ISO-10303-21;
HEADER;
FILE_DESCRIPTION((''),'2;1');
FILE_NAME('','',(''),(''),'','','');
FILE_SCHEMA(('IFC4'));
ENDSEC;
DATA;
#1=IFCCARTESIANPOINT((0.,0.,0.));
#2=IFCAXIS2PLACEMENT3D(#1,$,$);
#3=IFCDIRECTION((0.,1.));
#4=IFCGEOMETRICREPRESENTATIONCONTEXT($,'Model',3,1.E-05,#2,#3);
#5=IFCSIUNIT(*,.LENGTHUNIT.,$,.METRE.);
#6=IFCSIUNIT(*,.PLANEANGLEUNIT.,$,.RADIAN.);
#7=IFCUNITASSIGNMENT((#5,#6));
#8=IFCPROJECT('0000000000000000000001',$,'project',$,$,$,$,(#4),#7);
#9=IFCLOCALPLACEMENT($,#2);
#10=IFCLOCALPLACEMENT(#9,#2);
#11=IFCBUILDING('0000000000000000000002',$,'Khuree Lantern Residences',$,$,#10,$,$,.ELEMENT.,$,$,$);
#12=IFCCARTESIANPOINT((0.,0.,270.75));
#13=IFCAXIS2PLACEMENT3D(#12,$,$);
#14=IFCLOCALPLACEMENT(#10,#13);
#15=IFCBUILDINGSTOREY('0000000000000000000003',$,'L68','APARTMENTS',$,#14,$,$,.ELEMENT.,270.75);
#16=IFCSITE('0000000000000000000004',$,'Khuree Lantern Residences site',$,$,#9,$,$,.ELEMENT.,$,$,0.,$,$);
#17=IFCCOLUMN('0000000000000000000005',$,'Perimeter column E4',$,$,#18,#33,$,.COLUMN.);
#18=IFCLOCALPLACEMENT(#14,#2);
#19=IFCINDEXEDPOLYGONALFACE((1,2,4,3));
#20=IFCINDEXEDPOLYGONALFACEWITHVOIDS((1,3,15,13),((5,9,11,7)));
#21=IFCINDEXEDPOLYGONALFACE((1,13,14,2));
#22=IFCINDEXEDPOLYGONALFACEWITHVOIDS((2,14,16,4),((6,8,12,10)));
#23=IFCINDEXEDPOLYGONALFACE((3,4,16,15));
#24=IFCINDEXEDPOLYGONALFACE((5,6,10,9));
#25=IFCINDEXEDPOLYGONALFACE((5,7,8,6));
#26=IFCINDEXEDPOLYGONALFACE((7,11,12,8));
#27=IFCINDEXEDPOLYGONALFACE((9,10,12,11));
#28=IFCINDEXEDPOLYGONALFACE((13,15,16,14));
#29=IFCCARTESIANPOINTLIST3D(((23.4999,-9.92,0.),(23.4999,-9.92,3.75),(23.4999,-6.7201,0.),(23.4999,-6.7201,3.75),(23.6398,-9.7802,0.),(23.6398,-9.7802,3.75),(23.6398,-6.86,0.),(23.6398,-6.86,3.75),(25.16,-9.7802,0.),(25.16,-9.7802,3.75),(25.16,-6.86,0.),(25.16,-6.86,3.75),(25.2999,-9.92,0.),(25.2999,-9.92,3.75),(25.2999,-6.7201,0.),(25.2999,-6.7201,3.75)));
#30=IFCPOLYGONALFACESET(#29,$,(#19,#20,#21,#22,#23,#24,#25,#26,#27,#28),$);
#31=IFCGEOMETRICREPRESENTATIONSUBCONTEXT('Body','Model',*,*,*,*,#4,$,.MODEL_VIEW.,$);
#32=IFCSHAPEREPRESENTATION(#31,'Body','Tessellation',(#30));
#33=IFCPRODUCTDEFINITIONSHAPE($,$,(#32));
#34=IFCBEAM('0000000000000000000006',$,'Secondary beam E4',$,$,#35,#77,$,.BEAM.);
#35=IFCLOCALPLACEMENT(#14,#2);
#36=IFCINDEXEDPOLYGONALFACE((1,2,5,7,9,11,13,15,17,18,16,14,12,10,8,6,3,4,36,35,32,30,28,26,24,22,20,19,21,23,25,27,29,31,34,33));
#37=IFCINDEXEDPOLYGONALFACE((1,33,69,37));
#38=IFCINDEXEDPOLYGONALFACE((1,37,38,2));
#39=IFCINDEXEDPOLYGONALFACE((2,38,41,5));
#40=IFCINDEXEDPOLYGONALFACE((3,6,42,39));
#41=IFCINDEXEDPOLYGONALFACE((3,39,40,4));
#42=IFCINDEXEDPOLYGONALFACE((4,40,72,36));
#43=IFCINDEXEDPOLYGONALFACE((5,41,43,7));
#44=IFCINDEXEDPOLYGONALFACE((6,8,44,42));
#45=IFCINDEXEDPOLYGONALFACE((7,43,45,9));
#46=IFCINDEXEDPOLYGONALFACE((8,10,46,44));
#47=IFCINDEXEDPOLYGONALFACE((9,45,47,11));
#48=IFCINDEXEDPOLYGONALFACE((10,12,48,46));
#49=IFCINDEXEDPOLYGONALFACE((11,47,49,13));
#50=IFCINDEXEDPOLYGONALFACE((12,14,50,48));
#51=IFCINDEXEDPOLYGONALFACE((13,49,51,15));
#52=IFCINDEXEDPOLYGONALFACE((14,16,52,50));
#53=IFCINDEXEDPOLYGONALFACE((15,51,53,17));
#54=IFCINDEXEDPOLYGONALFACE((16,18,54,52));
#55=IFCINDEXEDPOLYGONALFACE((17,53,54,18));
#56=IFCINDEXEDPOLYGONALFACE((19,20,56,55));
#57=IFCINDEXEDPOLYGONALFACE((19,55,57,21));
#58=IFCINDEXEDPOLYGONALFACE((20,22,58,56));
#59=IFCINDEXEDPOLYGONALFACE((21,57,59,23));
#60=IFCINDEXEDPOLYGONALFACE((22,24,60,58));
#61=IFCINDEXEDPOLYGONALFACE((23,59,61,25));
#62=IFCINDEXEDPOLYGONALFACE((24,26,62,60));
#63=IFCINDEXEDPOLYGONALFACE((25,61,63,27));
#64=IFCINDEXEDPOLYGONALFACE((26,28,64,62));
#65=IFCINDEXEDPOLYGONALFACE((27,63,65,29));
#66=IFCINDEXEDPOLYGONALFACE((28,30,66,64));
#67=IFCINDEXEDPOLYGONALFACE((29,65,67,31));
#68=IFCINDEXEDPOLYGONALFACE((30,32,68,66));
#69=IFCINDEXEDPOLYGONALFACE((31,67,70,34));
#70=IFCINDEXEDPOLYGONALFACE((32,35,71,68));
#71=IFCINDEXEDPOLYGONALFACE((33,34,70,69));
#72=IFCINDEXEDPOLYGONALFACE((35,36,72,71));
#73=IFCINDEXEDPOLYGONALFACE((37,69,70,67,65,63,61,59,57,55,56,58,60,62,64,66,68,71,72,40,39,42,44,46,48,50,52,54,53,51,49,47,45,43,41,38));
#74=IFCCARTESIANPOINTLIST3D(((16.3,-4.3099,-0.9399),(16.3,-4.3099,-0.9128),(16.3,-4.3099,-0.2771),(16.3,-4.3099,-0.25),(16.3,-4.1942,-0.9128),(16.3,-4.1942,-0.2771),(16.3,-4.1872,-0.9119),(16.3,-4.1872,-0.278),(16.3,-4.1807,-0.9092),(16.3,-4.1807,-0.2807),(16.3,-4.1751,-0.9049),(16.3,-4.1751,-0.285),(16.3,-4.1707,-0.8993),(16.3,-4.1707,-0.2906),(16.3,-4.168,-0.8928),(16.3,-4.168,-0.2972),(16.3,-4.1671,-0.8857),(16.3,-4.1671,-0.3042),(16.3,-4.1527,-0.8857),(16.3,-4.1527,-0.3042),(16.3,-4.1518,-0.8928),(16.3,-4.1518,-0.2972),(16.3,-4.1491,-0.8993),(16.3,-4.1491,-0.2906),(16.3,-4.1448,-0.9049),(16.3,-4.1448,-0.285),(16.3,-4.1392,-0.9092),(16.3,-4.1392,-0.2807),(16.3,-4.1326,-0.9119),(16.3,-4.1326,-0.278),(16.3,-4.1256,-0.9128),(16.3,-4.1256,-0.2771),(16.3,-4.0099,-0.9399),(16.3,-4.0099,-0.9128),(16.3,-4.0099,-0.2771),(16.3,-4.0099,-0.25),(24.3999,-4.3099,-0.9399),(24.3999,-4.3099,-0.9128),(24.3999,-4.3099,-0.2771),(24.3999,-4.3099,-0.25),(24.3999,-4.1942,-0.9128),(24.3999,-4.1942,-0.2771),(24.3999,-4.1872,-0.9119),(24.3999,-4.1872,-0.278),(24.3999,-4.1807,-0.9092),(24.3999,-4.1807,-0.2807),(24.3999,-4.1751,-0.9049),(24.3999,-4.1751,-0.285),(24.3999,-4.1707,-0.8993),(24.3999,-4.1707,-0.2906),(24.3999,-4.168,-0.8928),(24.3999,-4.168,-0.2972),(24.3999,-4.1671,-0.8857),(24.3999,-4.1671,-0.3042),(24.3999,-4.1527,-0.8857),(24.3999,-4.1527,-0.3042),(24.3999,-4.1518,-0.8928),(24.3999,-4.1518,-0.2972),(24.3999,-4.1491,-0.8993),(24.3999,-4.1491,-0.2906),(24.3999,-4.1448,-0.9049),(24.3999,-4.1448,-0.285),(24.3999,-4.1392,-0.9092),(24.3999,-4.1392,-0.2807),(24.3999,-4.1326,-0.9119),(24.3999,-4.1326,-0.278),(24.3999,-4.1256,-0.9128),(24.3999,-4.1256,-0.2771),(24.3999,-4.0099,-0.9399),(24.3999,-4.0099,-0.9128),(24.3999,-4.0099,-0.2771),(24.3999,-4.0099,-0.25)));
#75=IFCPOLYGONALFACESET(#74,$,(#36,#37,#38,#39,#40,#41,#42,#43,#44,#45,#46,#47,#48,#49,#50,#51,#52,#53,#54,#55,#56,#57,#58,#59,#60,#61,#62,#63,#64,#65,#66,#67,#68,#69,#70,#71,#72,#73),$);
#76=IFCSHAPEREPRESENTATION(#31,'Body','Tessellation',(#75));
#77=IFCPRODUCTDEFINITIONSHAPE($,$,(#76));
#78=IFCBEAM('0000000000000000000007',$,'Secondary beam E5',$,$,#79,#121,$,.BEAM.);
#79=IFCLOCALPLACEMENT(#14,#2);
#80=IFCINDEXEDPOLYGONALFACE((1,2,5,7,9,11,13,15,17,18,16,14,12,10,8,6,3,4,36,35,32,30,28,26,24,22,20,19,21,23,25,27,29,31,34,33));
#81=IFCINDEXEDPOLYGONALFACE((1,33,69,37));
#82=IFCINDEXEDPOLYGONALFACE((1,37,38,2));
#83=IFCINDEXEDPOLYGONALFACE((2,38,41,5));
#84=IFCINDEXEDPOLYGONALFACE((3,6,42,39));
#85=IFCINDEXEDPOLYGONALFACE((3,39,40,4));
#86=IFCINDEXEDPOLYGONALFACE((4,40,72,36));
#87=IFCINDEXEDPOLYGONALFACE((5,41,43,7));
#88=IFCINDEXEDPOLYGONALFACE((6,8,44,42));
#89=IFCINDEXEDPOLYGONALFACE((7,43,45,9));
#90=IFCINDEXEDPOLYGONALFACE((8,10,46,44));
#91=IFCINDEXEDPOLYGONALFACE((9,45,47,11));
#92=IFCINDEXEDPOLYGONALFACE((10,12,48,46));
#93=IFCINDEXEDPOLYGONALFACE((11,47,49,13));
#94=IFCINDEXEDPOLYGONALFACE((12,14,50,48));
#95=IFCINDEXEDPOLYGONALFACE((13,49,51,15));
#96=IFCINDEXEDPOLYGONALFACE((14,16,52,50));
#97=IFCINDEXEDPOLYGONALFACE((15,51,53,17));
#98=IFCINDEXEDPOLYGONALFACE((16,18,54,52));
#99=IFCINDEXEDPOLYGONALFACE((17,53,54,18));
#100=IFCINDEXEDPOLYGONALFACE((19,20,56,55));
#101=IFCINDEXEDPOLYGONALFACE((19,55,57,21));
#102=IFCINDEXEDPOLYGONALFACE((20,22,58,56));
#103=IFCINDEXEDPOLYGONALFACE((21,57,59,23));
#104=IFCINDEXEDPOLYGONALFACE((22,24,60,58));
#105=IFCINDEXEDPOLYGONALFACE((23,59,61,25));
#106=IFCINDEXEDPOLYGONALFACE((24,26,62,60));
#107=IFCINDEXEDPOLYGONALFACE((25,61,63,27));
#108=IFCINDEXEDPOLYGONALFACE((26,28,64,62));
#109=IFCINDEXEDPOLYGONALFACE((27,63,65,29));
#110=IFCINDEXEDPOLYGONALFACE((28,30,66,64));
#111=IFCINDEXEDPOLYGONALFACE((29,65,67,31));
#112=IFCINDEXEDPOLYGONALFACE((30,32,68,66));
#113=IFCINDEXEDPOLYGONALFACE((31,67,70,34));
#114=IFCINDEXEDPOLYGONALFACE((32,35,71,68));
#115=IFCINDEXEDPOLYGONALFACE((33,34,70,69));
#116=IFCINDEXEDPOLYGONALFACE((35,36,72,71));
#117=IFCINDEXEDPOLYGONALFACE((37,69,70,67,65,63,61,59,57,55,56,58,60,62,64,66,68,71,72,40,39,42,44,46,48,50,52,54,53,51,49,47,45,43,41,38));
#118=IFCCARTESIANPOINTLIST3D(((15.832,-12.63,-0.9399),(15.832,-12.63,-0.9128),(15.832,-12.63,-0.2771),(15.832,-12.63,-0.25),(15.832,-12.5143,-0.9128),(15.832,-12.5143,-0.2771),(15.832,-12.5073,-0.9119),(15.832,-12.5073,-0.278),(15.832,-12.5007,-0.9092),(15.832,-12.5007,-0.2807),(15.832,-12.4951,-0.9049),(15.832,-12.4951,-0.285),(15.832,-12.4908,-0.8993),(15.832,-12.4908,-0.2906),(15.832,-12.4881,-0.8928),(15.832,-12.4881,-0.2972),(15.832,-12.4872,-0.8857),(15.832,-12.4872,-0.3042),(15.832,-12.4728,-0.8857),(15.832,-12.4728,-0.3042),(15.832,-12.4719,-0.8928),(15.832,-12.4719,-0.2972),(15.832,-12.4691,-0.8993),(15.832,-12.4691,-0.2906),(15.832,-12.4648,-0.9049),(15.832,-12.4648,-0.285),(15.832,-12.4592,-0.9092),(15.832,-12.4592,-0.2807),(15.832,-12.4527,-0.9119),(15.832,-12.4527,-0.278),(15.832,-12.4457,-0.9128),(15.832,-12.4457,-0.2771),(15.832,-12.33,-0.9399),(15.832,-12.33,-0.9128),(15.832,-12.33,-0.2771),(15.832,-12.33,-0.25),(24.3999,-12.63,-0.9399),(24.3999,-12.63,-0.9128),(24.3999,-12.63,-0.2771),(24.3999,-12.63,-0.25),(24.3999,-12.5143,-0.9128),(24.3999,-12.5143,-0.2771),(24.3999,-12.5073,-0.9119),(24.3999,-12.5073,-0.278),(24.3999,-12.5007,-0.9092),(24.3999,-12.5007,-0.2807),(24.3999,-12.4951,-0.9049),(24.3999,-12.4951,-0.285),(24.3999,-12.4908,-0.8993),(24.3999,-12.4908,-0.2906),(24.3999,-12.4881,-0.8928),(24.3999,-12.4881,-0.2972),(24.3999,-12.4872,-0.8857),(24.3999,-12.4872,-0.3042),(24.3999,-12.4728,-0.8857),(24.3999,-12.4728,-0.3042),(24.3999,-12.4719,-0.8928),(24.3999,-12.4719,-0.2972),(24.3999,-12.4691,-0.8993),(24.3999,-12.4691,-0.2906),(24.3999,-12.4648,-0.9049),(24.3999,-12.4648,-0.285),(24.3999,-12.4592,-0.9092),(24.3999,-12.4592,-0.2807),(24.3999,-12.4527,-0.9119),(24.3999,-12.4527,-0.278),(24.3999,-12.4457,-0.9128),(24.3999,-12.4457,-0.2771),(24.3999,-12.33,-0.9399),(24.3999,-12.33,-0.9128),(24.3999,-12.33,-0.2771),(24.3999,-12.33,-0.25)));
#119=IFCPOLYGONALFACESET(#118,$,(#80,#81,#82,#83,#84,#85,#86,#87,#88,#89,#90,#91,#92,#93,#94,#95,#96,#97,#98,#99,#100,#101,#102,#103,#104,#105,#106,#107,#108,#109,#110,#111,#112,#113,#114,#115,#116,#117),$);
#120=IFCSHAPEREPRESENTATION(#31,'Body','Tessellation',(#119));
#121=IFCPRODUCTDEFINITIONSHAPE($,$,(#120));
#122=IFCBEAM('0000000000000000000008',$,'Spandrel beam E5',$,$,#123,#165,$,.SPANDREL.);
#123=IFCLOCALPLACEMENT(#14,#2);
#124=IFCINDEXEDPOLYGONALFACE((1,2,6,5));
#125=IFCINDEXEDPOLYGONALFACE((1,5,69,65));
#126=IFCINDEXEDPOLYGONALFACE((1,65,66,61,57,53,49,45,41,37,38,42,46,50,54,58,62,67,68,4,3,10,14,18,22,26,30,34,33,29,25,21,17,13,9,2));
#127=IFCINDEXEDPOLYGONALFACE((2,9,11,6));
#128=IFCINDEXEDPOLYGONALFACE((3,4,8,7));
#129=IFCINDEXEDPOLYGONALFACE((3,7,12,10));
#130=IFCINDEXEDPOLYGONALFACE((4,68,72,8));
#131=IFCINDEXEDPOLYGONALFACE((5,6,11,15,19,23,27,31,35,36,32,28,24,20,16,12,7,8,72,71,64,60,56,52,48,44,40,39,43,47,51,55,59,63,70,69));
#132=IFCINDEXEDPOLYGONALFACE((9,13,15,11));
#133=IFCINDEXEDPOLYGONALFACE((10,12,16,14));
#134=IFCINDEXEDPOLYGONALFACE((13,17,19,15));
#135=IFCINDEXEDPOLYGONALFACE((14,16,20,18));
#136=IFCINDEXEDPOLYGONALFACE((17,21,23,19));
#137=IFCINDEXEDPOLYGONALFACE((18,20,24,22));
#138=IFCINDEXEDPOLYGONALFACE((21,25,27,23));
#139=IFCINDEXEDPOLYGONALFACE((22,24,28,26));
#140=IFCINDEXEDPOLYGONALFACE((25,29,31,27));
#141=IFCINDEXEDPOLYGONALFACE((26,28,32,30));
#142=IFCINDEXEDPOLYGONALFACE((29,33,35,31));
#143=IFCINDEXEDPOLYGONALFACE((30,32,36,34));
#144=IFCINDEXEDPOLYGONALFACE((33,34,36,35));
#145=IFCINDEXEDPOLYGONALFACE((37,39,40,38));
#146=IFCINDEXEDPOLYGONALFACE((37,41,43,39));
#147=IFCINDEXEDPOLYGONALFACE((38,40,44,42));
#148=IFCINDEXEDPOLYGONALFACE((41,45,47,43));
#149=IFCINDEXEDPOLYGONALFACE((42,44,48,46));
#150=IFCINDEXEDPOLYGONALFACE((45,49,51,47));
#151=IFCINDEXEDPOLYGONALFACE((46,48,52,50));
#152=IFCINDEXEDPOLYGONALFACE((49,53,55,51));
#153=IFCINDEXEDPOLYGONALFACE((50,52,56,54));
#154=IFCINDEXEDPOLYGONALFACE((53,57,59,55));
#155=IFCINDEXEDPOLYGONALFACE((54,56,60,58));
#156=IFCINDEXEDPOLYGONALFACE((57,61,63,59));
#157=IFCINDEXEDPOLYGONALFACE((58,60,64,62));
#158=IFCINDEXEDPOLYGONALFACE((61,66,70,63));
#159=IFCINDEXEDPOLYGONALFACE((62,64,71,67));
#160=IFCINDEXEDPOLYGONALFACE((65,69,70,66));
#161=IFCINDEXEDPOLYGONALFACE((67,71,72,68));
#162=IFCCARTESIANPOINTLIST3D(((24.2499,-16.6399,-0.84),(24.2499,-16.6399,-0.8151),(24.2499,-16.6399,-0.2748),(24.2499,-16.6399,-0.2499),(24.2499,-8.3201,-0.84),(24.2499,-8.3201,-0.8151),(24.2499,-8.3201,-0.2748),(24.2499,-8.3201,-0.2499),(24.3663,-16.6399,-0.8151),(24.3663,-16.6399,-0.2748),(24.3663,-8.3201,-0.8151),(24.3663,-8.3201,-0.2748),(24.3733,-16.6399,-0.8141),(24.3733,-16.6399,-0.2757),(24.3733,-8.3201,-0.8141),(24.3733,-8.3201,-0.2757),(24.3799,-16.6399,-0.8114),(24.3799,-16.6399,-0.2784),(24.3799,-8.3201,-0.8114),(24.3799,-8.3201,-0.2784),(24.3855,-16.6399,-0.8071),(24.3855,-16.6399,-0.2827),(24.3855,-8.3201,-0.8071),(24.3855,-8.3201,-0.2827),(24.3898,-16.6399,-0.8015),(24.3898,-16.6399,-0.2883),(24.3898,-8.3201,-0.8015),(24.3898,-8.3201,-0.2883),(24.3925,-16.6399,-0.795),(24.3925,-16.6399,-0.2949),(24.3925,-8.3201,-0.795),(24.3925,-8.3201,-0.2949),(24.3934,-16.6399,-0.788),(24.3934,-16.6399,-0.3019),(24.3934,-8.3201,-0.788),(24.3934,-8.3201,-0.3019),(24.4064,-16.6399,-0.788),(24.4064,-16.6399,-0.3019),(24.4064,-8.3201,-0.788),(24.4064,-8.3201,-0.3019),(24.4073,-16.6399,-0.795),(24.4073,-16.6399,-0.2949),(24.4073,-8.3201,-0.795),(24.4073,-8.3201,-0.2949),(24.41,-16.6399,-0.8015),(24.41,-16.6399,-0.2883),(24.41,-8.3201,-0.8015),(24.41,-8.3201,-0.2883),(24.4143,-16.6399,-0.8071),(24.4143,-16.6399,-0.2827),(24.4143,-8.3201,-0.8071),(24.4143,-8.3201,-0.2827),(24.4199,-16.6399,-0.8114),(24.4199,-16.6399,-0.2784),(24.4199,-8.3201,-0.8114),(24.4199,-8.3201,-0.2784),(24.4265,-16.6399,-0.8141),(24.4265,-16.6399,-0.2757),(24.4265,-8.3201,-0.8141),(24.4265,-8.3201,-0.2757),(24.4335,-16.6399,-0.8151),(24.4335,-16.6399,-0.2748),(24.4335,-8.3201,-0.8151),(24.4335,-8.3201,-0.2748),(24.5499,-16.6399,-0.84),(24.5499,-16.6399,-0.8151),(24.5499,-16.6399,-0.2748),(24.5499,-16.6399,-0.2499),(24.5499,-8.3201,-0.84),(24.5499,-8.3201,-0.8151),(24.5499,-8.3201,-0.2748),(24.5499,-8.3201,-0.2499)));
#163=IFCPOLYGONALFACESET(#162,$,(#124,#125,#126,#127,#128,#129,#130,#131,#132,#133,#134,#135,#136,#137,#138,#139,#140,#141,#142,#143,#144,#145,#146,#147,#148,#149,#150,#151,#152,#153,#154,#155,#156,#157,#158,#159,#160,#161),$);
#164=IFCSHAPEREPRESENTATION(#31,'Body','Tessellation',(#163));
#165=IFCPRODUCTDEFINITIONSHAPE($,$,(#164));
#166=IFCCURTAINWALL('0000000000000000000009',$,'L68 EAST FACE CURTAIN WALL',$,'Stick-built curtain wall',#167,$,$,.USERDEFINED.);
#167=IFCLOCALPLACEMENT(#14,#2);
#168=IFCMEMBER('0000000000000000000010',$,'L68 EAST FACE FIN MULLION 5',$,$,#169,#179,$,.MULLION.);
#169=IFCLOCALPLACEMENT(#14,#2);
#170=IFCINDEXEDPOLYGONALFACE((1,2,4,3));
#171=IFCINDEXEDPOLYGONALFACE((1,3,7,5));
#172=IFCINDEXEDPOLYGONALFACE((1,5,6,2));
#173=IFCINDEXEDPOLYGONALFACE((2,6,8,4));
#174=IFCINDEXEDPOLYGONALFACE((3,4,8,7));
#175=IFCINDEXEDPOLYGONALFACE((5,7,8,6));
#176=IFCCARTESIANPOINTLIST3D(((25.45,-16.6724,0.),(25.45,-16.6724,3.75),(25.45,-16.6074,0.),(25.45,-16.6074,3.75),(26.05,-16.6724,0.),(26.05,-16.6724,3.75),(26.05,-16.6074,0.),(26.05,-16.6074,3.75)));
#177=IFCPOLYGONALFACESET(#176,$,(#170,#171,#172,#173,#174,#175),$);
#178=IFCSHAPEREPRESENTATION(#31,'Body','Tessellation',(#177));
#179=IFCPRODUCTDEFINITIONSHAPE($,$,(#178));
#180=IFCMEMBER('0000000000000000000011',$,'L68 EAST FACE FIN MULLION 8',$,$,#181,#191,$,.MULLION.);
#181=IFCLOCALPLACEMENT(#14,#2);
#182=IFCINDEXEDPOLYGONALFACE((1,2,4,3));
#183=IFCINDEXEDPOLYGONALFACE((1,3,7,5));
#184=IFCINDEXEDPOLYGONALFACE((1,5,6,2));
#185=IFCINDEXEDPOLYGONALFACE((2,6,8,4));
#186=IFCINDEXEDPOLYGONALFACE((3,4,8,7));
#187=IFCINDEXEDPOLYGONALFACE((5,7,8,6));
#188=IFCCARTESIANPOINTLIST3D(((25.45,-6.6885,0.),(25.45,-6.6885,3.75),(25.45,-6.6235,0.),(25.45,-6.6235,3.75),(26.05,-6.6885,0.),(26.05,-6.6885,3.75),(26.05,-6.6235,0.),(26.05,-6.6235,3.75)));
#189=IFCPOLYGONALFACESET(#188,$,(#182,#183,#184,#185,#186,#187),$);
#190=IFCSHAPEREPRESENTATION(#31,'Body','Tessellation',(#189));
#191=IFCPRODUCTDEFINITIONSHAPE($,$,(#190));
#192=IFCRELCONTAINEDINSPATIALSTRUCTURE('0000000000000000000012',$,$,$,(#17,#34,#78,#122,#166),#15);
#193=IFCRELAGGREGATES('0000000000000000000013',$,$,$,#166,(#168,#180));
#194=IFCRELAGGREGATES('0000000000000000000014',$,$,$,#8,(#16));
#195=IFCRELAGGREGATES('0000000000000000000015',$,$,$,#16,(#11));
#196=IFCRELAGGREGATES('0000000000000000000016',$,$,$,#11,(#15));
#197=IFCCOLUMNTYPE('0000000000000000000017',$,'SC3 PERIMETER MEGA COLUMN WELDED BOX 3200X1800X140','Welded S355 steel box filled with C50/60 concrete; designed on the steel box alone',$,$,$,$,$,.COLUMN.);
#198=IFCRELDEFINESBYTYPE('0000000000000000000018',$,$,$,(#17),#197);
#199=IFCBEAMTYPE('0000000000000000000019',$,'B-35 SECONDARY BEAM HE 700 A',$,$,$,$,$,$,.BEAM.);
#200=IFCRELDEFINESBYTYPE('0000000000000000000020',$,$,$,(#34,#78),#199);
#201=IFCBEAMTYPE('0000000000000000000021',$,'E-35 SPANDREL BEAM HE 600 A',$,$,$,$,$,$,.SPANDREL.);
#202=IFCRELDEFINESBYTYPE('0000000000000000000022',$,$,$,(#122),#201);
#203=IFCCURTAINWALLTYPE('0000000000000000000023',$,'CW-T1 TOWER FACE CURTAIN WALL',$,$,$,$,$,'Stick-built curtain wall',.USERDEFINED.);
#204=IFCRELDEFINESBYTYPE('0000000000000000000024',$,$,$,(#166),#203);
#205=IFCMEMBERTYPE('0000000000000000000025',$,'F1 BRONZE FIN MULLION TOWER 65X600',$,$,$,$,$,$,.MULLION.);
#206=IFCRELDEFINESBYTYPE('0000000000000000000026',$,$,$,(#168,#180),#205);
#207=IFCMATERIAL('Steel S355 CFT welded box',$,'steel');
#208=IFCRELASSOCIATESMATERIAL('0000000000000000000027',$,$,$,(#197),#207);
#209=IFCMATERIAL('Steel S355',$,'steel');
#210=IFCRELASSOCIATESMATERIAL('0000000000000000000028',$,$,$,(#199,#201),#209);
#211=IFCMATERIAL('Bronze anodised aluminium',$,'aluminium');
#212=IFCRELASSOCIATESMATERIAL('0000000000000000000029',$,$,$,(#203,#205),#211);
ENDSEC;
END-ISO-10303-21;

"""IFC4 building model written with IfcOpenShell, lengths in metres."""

from ifc_helpers import new_model, si_unit, direction, frame, origin, origin_2d, place, context, subcontext, project, spatial, rectangle, hollow_rectangle, i_section, extrude, material, material_profile, profile_set, type_object, element, aggregate, save


model = new_model("IFC4")

# Units and contexts
model_context = context("Model", 3, precision=1e-05, world=origin(), true_north=direction((0.0, 1.0)))
body_context = subcontext(model_context, "Body", "Model", "MODEL_VIEW")
ifc_project = project(units=[si_unit("LENGTHUNIT", "METRE"), si_unit("PLANEANGLEUNIT", "RADIAN")], contexts=[model_context])

# Site, building, storey
site_placement = place(None, origin())
site = spatial("IfcSite", under=ifc_project, at=site_placement, Name="Khuree Lantern Residences site", CompositionType="ELEMENT", RefElevation=0.0)
building_placement = place(site_placement, origin())
building = spatial("IfcBuilding", under=site, at=building_placement, Name="Khuree Lantern Residences", CompositionType="ELEMENT")
storey_placement = place(building_placement, frame((0.0, 0.0, 270.75)))
storey = spatial("IfcBuildingStorey", under=building, at=storey_placement, Name="L68", Description="APARTMENTS", CompositionType="ELEMENT", Elevation=270.75)

# Column
ifc_material_1 = material(Name="Steel S355 CFT welded box", Category="steel")
ifc_material_profile_1 = material_profile(ifc_material_1, hollow_rectangle(XDim=3.2, YDim=1.8, WallThickness=0.1399, at=origin_2d()), Name="WELDED BOX 3200X1800X140")
ifc_profile_set_1 = profile_set([ifc_material_profile_1], Name="Steel S355 CFT welded box")
column_type = type_object("IfcColumnType", Name="SC3 PERIMETER MEGA COLUMN WELDED BOX 3200X1800X140", Description="Welded S355 steel box filled with C50/60 concrete; designed on the steel box alone", PredefinedType="COLUMN", material=ifc_profile_set_1)
column_placement = place(storey_placement, frame((24.3999, -8.3201, 0.0), z_axis=(0.0, 0.0, 1.0), x_axis=(0.0, 1.0, 0.0)))
element("IfcColumn", 1, at=column_placement, inside=storey, type_object=column_type, Name="Perimeter column E4", PredefinedType="COLUMN", context=body_context, shape_type="SweptSolid", body=[
    extrude(hollow_rectangle(XDim=3.2, YDim=1.8, WallThickness=0.1399, at=origin_2d()), origin(), (0.0, 0.0, 1.0), 3.75),
])

# Beams
ifc_material_2 = material(Name="Steel S355", Category="steel")
ifc_material_profile_2 = material_profile(ifc_material_2, i_section(OverallWidth=0.3, OverallDepth=0.6899, WebThickness=0.0144, FlangeThickness=0.0271, FilletRadius=0.0271, at=origin_2d()), Name="HE 700 A")
ifc_profile_set_2 = profile_set([ifc_material_profile_2], Name="Steel S355")
beam_type_1 = type_object("IfcBeamType", Name="B-35 SECONDARY BEAM HE 700 A", PredefinedType="BEAM", material=ifc_profile_set_2)
beam_1_placement = place(storey_placement, frame((24.3999, -4.1599, -0.595), z_axis=(-1.0, 0.0, 0.0), x_axis=(0.0, -1.0, 0.0)))
element("IfcBeam", 2, at=beam_1_placement, inside=storey, type_object=beam_type_1, Name="Secondary beam E4", PredefinedType="BEAM", context=body_context, shape_type="SweptSolid", body=[
    extrude(i_section(OverallWidth=0.3, OverallDepth=0.6899, WebThickness=0.0144, FlangeThickness=0.0271, FilletRadius=0.0271, at=origin_2d()), origin(), (0.0, 0.0, 1.0), 8.0999),
])
beam_2_placement = place(storey_placement, frame((24.3999, -12.48, -0.595), z_axis=(-1.0, 0.0, 0.0), x_axis=(0.0, -1.0, 0.0)))
element("IfcBeam", 3, at=beam_2_placement, inside=storey, type_object=beam_type_1, Name="Secondary beam E5", PredefinedType="BEAM", context=body_context, shape_type="SweptSolid", body=[
    extrude(i_section(OverallWidth=0.3, OverallDepth=0.6899, WebThickness=0.0144, FlangeThickness=0.0271, FilletRadius=0.0271, at=origin_2d()), origin(), (0.0, 0.0, 1.0), 8.5679),
])
ifc_material_profile_3 = material_profile(ifc_material_2, i_section(OverallWidth=0.3, OverallDepth=0.5901, WebThickness=0.0129, FlangeThickness=0.0249, FilletRadius=0.0271, at=origin_2d()), Name="HE 600 A")
ifc_profile_set_3 = profile_set([ifc_material_profile_3], Name="Steel S355")
beam_type_2 = type_object("IfcBeamType", Name="E-35 SPANDREL BEAM HE 600 A", PredefinedType="SPANDREL", material=ifc_profile_set_3)
beam_3_placement = place(storey_placement, frame((24.3999, -8.3201, -0.5449), z_axis=(0.0, -1.0, 0.0), x_axis=(1.0, 0.0, 0.0)))
element("IfcBeam", 4, at=beam_3_placement, inside=storey, type_object=beam_type_2, Name="Spandrel beam E5", PredefinedType="SPANDREL", context=body_context, shape_type="SweptSolid", body=[
    extrude(i_section(OverallWidth=0.3, OverallDepth=0.5901, WebThickness=0.0129, FlangeThickness=0.0249, FilletRadius=0.0271, at=origin_2d()), origin(), (0.0, 0.0, 1.0), 8.3198),
])

# Curtain wall, members
ifc_material_3 = material(Name="Bronze anodised aluminium", Category="aluminium")
curtain_wall_type = type_object("IfcCurtainWallType", Name="CW-T1 TOWER FACE CURTAIN WALL", ElementType="Stick-built curtain wall", PredefinedType="USERDEFINED", material=ifc_material_3)
curtain_wall_placement = place(storey_placement, origin())
curtain_wall = element("IfcCurtainWall", 5, at=curtain_wall_placement, inside=storey, type_object=curtain_wall_type, Name="L68 EAST FACE CURTAIN WALL", ObjectType="Stick-built curtain wall", PredefinedType="USERDEFINED")
ifc_material_profile_4 = material_profile(ifc_material_3, rectangle(XDim=0.0649, YDim=0.6001, at=origin_2d()), Name="F1 65X600")
ifc_profile_set_4 = profile_set([ifc_material_profile_4], Name="Bronze anodised aluminium")
member_type_1 = type_object("IfcMemberType", Name="F1 BRONZE FIN MULLION TOWER 65X600", PredefinedType="MULLION", material=ifc_profile_set_4)
member_1_placement = place(storey_placement, frame((25.75, -16.6399, 0.0), z_axis=(0.0, 0.0, 1.0), x_axis=(0.0, 1.0, 0.0)))
member_1 = element("IfcMember", 6, at=member_1_placement, type_object=member_type_1, Name="L68 EAST FACE FIN MULLION 5", PredefinedType="MULLION", context=body_context, shape_type="SweptSolid", body=[
    extrude(rectangle(XDim=0.0649, YDim=0.6001, at=origin_2d()), origin(), (0.0, 0.0, 1.0), 3.75),
])
member_2_placement = place(storey_placement, frame((25.75, -6.656, 0.0), z_axis=(0.0, 0.0, 1.0), x_axis=(0.0, 1.0, 0.0)))
member_2 = element("IfcMember", 7, at=member_2_placement, type_object=member_type_1, Name="L68 EAST FACE FIN MULLION 8", PredefinedType="MULLION", context=body_context, shape_type="SweptSolid", body=[
    extrude(rectangle(XDim=0.0649, YDim=0.6001, at=origin_2d()), origin(), (0.0, 0.0, 1.0), 3.75),
])

aggregate(curtain_wall, [member_1, member_2])

save(model, "model.ifc")
